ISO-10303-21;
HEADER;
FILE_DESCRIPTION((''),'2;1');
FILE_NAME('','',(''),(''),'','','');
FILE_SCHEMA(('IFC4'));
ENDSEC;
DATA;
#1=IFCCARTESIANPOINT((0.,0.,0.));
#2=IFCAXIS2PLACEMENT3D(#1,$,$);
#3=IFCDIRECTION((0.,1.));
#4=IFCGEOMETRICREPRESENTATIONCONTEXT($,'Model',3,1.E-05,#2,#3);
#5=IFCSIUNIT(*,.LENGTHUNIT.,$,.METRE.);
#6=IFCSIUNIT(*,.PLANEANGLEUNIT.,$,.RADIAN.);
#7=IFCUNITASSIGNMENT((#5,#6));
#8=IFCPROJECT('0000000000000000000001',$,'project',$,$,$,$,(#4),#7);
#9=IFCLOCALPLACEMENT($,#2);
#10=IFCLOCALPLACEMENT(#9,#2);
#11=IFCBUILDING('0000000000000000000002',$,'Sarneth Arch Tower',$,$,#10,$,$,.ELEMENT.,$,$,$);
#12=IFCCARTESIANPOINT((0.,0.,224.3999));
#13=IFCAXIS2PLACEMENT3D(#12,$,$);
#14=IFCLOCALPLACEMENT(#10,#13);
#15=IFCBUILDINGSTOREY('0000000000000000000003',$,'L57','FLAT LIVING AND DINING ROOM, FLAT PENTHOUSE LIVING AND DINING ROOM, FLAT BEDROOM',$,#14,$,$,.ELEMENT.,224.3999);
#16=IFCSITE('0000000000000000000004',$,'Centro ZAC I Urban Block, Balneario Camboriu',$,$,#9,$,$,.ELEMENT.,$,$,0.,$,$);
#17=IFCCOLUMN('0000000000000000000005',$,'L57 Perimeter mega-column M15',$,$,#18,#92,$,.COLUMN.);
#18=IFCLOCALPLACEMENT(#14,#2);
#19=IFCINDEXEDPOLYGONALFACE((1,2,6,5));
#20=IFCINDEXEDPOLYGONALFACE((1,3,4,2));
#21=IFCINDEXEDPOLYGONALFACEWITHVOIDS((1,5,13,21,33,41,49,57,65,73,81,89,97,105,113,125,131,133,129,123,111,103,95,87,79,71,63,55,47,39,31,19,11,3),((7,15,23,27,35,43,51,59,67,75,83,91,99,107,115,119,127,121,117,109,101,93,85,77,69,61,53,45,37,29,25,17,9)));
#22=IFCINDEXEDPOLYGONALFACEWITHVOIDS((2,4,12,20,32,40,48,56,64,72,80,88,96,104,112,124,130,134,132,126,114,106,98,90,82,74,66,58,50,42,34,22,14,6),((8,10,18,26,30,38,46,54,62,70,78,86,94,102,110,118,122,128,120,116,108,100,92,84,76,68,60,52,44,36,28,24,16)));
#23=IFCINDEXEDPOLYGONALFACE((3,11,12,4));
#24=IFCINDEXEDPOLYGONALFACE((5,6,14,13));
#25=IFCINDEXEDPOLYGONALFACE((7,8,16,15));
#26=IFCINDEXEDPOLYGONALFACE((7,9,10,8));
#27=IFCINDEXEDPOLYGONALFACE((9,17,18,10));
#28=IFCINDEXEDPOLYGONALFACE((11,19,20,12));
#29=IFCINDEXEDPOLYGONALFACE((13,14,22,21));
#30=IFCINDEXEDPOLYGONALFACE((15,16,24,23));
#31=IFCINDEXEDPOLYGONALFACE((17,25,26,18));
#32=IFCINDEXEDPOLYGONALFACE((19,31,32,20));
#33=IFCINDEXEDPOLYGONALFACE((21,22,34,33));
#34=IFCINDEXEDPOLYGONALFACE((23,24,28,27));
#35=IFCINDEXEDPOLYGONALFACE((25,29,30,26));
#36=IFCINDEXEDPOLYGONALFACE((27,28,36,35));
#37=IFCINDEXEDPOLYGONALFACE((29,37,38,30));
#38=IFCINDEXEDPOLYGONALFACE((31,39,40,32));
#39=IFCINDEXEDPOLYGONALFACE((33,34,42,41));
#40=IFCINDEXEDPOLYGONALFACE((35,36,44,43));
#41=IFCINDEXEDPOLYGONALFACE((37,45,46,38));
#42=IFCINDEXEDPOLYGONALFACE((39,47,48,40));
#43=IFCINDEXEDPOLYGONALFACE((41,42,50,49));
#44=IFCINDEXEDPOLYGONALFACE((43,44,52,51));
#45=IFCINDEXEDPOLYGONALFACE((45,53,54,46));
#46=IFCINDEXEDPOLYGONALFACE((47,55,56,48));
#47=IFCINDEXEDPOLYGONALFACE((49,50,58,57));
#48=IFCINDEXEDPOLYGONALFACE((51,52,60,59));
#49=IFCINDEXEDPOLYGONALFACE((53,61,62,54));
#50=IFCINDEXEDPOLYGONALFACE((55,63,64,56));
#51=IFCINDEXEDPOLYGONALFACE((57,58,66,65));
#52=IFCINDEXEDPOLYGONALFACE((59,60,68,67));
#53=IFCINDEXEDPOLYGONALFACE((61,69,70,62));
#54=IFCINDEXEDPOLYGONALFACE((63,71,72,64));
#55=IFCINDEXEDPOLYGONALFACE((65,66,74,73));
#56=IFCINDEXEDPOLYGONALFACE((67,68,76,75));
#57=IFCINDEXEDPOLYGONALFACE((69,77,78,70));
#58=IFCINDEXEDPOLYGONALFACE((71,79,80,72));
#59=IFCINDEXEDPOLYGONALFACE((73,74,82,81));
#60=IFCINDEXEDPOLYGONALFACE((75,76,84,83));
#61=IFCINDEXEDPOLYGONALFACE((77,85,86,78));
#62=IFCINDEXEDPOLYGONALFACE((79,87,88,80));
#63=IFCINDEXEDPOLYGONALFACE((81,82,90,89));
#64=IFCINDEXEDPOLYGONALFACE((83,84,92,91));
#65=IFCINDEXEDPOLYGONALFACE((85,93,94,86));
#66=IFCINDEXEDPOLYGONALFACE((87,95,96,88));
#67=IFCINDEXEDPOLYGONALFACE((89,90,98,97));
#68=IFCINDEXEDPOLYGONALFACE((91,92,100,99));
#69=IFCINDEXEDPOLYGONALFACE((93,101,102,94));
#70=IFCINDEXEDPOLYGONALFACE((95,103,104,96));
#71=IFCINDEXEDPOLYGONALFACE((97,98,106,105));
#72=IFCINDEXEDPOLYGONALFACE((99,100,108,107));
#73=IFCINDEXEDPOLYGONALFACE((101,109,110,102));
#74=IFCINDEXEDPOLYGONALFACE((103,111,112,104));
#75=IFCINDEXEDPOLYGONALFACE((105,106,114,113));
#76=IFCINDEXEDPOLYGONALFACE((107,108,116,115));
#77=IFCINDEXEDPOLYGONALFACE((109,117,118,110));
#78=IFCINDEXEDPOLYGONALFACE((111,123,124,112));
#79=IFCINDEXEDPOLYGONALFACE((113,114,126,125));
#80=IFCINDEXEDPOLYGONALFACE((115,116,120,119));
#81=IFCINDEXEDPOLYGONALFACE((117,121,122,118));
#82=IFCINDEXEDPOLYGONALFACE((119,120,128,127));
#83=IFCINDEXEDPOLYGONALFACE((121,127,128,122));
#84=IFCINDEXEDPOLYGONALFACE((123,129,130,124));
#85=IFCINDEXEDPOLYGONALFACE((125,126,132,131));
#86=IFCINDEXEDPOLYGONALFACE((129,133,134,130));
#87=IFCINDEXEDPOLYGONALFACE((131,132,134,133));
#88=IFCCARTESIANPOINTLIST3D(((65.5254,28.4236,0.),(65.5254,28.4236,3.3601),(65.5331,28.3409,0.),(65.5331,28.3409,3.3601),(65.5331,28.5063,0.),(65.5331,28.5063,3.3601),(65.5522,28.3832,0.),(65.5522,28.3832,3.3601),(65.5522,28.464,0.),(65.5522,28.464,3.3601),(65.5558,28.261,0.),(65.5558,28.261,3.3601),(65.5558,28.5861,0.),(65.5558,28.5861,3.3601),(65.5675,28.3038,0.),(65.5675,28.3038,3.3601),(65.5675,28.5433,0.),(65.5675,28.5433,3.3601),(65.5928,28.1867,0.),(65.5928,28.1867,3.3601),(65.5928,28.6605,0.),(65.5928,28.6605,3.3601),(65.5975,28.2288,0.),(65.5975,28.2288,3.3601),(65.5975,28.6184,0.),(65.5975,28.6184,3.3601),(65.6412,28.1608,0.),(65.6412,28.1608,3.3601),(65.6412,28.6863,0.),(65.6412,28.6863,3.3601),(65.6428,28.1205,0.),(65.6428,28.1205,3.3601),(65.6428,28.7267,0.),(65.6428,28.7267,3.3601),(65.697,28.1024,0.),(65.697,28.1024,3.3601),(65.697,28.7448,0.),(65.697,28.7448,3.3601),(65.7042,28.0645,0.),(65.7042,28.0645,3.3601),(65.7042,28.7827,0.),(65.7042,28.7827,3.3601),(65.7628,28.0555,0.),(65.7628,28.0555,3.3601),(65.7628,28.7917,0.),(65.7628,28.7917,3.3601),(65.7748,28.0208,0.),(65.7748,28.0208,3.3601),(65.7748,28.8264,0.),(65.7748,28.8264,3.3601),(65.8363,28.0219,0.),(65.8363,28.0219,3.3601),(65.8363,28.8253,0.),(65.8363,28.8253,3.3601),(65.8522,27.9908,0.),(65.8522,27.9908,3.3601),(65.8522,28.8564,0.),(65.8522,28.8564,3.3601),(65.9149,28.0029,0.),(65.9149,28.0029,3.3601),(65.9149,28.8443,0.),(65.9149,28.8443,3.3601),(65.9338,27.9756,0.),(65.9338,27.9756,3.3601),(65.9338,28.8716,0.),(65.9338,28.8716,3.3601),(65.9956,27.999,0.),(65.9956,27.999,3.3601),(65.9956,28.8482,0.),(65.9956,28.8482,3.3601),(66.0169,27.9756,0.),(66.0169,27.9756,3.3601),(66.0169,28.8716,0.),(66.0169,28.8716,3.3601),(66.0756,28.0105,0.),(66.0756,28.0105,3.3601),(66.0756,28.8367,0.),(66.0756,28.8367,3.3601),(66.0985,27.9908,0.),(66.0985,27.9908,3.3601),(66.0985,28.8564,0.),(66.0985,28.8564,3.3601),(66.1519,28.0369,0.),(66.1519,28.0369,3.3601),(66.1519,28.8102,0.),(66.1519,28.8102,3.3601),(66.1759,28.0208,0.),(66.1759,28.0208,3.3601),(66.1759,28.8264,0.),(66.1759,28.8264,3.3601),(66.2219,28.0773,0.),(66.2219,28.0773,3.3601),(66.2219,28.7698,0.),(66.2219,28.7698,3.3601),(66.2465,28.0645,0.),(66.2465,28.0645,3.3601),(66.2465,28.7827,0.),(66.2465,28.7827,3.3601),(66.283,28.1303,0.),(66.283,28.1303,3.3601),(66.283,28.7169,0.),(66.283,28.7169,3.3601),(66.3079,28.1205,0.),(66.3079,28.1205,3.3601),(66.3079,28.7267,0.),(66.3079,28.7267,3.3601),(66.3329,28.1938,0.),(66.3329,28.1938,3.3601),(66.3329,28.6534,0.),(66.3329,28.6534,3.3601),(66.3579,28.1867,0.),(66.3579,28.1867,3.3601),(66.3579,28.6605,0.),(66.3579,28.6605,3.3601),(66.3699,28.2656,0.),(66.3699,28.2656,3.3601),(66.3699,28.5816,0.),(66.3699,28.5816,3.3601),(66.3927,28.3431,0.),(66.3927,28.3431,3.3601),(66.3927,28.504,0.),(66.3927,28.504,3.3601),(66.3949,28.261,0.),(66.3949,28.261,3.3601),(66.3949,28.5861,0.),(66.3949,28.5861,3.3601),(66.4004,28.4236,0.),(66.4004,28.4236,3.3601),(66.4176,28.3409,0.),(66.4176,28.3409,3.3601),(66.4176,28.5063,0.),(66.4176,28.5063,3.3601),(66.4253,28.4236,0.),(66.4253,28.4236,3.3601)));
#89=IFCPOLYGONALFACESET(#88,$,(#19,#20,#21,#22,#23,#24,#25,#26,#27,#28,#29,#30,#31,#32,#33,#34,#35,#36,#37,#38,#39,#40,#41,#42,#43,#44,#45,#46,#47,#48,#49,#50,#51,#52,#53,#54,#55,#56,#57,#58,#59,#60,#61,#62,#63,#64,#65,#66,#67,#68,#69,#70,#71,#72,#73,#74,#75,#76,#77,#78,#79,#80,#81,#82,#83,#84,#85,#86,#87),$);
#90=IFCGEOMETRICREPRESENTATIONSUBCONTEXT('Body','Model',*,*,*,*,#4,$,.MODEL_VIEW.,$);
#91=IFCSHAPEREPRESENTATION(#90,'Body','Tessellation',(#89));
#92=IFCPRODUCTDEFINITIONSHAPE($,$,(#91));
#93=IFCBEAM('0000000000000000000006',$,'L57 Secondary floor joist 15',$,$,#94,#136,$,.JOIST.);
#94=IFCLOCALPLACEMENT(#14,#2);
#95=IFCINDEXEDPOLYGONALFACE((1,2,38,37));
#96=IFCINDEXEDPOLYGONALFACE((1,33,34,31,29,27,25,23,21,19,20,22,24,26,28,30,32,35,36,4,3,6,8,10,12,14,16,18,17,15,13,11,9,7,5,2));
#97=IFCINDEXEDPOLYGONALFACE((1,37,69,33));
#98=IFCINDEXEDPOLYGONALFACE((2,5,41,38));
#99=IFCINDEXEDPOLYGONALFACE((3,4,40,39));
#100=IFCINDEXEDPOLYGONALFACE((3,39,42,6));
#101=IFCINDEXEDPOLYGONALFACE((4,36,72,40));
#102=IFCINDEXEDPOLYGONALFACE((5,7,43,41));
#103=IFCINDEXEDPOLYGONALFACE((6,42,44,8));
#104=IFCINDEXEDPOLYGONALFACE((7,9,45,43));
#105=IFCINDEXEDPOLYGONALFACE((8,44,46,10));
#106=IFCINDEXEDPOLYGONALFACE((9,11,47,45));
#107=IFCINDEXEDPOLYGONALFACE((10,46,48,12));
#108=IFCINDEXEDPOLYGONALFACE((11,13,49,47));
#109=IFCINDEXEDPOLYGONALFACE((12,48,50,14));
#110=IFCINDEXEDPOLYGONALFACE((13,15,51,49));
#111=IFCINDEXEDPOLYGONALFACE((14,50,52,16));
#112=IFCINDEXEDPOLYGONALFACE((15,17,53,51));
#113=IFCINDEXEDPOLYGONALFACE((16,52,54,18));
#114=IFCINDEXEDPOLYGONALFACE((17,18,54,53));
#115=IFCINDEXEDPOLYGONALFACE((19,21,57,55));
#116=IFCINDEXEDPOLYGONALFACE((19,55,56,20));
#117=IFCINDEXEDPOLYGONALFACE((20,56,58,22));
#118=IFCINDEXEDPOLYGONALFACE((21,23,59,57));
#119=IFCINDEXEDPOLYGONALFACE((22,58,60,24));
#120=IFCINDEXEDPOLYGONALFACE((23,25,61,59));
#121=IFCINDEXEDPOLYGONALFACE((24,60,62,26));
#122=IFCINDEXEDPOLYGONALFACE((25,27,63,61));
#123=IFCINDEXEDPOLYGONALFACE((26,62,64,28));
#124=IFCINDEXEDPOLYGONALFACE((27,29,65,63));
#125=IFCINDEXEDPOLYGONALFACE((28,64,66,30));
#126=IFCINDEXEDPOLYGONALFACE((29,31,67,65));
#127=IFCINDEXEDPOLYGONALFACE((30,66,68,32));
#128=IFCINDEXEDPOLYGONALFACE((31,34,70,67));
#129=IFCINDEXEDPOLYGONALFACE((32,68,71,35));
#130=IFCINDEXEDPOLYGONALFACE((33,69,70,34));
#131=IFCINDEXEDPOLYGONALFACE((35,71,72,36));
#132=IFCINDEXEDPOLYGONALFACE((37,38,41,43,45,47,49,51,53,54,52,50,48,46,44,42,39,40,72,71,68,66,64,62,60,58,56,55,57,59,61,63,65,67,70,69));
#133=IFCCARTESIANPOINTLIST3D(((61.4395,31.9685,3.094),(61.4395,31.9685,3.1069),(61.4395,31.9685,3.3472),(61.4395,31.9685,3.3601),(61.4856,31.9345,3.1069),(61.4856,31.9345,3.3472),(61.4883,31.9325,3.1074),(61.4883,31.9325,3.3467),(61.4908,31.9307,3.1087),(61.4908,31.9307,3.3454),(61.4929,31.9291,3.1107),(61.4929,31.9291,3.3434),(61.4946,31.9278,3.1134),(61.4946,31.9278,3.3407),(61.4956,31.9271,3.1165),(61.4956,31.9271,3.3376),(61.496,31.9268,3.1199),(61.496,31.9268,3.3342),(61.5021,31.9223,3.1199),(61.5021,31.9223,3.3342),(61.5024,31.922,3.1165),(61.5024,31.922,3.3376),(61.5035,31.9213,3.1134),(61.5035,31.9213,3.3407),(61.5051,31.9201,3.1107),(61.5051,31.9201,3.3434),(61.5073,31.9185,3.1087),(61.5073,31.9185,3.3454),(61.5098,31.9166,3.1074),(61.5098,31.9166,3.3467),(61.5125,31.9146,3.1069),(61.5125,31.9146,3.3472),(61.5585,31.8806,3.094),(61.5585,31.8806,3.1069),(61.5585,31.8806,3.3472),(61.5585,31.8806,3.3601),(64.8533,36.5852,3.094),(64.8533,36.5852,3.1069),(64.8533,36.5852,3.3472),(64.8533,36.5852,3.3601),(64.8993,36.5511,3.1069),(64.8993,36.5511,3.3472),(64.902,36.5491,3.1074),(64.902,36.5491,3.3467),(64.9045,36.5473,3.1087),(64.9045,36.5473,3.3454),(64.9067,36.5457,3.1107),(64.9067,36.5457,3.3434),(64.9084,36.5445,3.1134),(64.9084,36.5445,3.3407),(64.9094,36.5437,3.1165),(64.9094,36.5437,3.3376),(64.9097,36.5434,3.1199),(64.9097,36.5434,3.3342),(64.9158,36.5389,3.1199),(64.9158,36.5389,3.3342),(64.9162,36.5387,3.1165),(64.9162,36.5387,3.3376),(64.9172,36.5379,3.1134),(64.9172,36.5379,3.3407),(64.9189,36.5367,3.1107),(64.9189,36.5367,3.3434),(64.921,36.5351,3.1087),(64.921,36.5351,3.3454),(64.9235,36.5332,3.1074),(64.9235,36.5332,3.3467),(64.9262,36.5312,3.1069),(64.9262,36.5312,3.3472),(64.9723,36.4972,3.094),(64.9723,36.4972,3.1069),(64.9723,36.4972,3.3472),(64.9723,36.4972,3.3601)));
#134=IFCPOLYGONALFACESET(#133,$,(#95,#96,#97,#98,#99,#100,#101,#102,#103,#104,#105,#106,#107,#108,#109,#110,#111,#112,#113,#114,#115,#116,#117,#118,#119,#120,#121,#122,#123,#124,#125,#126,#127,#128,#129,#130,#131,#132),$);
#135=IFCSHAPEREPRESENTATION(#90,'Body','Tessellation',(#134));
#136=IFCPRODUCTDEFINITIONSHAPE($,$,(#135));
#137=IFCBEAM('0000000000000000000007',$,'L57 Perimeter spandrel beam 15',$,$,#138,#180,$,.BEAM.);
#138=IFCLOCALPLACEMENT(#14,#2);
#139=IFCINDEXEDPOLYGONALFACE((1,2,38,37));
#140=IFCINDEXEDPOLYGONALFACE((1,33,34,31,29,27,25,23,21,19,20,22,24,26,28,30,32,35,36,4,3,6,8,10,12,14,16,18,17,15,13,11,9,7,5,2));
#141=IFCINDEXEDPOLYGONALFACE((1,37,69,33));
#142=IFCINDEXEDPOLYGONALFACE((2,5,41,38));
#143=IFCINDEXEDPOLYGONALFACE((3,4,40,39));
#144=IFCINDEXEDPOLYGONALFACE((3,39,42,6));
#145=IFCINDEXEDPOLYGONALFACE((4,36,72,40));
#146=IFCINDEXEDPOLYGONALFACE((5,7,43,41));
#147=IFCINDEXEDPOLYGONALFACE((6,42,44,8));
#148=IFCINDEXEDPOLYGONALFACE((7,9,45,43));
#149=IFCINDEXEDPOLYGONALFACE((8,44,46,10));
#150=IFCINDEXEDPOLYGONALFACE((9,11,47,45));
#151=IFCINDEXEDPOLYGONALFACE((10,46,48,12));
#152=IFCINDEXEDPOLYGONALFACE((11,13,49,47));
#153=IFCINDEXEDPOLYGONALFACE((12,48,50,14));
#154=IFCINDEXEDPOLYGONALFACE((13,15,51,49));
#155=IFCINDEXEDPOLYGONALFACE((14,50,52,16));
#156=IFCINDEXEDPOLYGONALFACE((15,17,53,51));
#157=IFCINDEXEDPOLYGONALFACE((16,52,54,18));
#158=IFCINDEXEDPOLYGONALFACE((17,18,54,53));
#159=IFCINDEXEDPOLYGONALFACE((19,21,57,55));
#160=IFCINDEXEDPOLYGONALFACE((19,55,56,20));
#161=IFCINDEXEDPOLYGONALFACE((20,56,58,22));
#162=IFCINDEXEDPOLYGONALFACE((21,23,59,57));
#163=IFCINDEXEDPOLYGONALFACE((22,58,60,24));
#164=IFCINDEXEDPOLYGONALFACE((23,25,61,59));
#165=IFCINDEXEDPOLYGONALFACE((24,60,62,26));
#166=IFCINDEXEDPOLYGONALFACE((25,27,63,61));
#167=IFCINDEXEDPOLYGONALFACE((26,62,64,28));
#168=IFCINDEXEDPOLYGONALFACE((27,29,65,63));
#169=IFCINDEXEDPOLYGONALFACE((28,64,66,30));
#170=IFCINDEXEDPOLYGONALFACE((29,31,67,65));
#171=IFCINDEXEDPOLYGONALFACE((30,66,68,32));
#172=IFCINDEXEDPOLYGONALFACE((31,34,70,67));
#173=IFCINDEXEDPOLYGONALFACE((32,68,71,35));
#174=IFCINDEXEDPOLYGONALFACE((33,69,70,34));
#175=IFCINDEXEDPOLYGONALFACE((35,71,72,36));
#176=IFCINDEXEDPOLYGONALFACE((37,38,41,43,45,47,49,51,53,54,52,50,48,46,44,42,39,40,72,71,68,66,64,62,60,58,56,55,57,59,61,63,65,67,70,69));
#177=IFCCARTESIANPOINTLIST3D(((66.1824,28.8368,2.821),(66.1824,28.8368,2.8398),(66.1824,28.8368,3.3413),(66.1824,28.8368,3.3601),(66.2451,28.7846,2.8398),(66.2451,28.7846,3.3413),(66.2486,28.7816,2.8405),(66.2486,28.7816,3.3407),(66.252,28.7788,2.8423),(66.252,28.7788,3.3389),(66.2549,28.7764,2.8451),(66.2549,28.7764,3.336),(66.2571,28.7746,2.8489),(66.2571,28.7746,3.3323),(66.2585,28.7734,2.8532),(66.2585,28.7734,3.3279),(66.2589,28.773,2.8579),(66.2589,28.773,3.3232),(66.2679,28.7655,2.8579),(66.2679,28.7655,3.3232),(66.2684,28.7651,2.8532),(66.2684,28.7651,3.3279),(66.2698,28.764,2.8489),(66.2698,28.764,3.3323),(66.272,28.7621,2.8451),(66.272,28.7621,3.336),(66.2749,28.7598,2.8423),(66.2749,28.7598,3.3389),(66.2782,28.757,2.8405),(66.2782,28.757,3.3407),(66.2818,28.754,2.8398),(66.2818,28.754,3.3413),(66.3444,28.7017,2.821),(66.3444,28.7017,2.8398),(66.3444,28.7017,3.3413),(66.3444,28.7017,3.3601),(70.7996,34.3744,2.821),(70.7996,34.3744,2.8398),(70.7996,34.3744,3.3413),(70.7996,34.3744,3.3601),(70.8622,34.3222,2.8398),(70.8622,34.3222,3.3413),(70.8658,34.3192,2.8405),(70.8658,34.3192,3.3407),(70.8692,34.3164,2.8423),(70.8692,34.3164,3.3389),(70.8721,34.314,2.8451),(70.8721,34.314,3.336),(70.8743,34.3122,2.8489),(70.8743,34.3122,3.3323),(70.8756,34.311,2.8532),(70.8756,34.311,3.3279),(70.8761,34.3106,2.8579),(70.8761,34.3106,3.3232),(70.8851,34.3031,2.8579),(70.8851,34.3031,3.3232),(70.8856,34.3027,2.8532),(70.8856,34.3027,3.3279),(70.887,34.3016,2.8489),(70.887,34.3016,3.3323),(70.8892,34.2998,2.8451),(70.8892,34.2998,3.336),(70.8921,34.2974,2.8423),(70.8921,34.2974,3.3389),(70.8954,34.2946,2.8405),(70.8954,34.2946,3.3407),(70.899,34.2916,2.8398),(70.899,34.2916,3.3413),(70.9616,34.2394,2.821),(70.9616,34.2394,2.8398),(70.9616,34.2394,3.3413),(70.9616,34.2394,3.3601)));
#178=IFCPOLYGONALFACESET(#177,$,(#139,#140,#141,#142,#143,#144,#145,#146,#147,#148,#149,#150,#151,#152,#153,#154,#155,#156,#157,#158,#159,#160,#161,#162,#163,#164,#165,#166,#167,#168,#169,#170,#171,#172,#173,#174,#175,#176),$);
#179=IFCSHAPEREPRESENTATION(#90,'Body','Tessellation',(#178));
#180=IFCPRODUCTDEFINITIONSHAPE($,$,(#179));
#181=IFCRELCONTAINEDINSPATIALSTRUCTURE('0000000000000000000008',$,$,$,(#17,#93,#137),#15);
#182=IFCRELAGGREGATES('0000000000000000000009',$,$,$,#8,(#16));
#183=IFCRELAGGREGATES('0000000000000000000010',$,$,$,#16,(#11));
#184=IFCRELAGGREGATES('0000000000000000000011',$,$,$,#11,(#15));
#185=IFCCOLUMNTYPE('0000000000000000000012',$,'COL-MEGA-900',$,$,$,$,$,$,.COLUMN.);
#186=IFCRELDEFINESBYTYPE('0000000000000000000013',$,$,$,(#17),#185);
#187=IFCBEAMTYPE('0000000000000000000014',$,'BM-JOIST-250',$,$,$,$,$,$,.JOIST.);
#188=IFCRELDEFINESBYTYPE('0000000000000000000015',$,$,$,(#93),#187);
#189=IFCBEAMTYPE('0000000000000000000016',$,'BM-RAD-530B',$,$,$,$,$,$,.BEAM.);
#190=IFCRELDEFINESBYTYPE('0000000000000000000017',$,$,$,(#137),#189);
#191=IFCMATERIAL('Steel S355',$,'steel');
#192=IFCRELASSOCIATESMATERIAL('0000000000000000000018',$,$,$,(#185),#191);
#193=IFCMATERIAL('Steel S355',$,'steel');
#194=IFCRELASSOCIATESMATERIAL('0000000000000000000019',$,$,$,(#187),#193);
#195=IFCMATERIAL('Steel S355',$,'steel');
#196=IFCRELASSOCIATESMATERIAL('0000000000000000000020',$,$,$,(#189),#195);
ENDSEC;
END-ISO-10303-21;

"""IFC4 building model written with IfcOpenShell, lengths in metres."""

from ifc_helpers import new_model, si_unit, direction, frame, origin, origin_2d, place, context, subcontext, project, spatial, hollow_circle, i_section, extrude, material, material_profile, profile_set, type_object, element, save


model = new_model("IFC4")

# Units and contexts
model_context = context("Model", 3, precision=1e-05, world=origin(), true_north=direction((0.0, 1.0)))
body_context = subcontext(model_context, "Body", "Model", "MODEL_VIEW")
ifc_project = project(units=[si_unit("LENGTHUNIT", "METRE"), si_unit("PLANEANGLEUNIT", "RADIAN")], contexts=[model_context])

# Site, building, storey
site_placement = place(None, origin())
site = spatial("IfcSite", under=ifc_project, at=site_placement, Name="Centro ZAC I Urban Block, Balneario Camboriu", CompositionType="ELEMENT", RefElevation=0.0)
building_placement = place(site_placement, origin())
building = spatial("IfcBuilding", under=site, at=building_placement, Name="Sarneth Arch Tower", CompositionType="ELEMENT")
storey_placement = place(building_placement, frame((0.0, 0.0, 224.3999)))
storey = spatial("IfcBuildingStorey", under=building, at=storey_placement, Name="L57", Description="FLAT LIVING AND DINING ROOM, FLAT PENTHOUSE LIVING AND DINING ROOM, FLAT BEDROOM", CompositionType="ELEMENT", Elevation=224.3999)

# Column
ifc_material_1 = material(Name="Steel S355", Category="steel")
ifc_material_profile_1 = material_profile(ifc_material_1, hollow_circle(Radius=0.45, WallThickness=0.0249, at=origin_2d()), Name="CHS900x25")
ifc_profile_set_1 = profile_set([ifc_material_profile_1], Name="Steel S355")
column_type = type_object("IfcColumnType", Name="COL-MEGA-900", PredefinedType="COLUMN", material=ifc_profile_set_1)
column_placement = place(storey_placement, frame((65.9753, 28.4236, 0.0), z_axis=(0.0, 0.0, 1.0), x_axis=(1.0, 0.0, 0.0)))
element("IfcColumn", 1, at=column_placement, inside=storey, type_object=column_type, Name="L57 Perimeter mega-column M15", PredefinedType="COLUMN", context=body_context, shape_type="SweptSolid", body=[
    extrude(hollow_circle(Radius=0.45, WallThickness=0.0249, at=origin_2d()), origin(), (0.0, 0.0, 1.0), 3.3601),
])

# Beams
ifc_material_2 = material(Name="Steel S355", Category="steel")
ifc_material_profile_2 = material_profile(ifc_material_2, i_section(OverallWidth=0.1479, OverallDepth=0.2661, WebThickness=0.0076, FlangeThickness=0.0129, FilletRadius=0.0129, at=origin_2d()), Name="W250x44.8")
ifc_profile_set_2 = profile_set([ifc_material_profile_2], Name="Steel S355")
beam_type_1 = type_object("IfcBeamType", Name="BM-JOIST-250", PredefinedType="JOIST", material=ifc_profile_set_2)
beam_1_placement = place(storey_placement, frame((61.499, 31.9246, 3.2271), z_axis=(0.594557, 0.804053, 0.0), x_axis=(-0.804053, 0.594557, 0.0)))
element("IfcBeam", 2, at=beam_1_placement, inside=storey, type_object=beam_type_1, Name="L57 Secondary floor joist 15", PredefinedType="JOIST", context=body_context, shape_type="SweptSolid", body=[
    extrude(i_section(OverallWidth=0.1479, OverallDepth=0.2661, WebThickness=0.0076, FlangeThickness=0.0129, FilletRadius=0.0129, at=origin_2d()), origin(), (0.0, 0.0, 1.0), 5.7417),
])
ifc_material_3 = material(Name="Steel S355", Category="steel")
ifc_material_profile_3 = material_profile(ifc_material_3, i_section(OverallWidth=0.2109, OverallDepth=0.5391, WebThickness=0.0117, FlangeThickness=0.0188, FilletRadius=0.0181, at=origin_2d()), Name="W530x109")
ifc_profile_set_3 = profile_set([ifc_material_profile_3], Name="Steel S355")
beam_type_2 = type_object("IfcBeamType", Name="BM-RAD-530B", PredefinedType="BEAM", material=ifc_profile_set_3)
beam_2_placement = place(storey_placement, frame((66.2634, 28.7693, 3.0906), z_axis=(0.640391, 0.768049, 0.0), x_axis=(-0.768049, 0.640391, 0.0)))
element("IfcBeam", 3, at=beam_2_placement, inside=storey, type_object=beam_type_2, Name="L57 Perimeter spandrel beam 15", PredefinedType="BEAM", context=body_context, shape_type="SweptSolid", body=[
    extrude(i_section(OverallWidth=0.2109, OverallDepth=0.5391, WebThickness=0.0117, FlangeThickness=0.0188, FilletRadius=0.0181, at=origin_2d()), origin(), (0.0, 0.0, 1.0), 7.21),
])

save(model, "model.ifc")
